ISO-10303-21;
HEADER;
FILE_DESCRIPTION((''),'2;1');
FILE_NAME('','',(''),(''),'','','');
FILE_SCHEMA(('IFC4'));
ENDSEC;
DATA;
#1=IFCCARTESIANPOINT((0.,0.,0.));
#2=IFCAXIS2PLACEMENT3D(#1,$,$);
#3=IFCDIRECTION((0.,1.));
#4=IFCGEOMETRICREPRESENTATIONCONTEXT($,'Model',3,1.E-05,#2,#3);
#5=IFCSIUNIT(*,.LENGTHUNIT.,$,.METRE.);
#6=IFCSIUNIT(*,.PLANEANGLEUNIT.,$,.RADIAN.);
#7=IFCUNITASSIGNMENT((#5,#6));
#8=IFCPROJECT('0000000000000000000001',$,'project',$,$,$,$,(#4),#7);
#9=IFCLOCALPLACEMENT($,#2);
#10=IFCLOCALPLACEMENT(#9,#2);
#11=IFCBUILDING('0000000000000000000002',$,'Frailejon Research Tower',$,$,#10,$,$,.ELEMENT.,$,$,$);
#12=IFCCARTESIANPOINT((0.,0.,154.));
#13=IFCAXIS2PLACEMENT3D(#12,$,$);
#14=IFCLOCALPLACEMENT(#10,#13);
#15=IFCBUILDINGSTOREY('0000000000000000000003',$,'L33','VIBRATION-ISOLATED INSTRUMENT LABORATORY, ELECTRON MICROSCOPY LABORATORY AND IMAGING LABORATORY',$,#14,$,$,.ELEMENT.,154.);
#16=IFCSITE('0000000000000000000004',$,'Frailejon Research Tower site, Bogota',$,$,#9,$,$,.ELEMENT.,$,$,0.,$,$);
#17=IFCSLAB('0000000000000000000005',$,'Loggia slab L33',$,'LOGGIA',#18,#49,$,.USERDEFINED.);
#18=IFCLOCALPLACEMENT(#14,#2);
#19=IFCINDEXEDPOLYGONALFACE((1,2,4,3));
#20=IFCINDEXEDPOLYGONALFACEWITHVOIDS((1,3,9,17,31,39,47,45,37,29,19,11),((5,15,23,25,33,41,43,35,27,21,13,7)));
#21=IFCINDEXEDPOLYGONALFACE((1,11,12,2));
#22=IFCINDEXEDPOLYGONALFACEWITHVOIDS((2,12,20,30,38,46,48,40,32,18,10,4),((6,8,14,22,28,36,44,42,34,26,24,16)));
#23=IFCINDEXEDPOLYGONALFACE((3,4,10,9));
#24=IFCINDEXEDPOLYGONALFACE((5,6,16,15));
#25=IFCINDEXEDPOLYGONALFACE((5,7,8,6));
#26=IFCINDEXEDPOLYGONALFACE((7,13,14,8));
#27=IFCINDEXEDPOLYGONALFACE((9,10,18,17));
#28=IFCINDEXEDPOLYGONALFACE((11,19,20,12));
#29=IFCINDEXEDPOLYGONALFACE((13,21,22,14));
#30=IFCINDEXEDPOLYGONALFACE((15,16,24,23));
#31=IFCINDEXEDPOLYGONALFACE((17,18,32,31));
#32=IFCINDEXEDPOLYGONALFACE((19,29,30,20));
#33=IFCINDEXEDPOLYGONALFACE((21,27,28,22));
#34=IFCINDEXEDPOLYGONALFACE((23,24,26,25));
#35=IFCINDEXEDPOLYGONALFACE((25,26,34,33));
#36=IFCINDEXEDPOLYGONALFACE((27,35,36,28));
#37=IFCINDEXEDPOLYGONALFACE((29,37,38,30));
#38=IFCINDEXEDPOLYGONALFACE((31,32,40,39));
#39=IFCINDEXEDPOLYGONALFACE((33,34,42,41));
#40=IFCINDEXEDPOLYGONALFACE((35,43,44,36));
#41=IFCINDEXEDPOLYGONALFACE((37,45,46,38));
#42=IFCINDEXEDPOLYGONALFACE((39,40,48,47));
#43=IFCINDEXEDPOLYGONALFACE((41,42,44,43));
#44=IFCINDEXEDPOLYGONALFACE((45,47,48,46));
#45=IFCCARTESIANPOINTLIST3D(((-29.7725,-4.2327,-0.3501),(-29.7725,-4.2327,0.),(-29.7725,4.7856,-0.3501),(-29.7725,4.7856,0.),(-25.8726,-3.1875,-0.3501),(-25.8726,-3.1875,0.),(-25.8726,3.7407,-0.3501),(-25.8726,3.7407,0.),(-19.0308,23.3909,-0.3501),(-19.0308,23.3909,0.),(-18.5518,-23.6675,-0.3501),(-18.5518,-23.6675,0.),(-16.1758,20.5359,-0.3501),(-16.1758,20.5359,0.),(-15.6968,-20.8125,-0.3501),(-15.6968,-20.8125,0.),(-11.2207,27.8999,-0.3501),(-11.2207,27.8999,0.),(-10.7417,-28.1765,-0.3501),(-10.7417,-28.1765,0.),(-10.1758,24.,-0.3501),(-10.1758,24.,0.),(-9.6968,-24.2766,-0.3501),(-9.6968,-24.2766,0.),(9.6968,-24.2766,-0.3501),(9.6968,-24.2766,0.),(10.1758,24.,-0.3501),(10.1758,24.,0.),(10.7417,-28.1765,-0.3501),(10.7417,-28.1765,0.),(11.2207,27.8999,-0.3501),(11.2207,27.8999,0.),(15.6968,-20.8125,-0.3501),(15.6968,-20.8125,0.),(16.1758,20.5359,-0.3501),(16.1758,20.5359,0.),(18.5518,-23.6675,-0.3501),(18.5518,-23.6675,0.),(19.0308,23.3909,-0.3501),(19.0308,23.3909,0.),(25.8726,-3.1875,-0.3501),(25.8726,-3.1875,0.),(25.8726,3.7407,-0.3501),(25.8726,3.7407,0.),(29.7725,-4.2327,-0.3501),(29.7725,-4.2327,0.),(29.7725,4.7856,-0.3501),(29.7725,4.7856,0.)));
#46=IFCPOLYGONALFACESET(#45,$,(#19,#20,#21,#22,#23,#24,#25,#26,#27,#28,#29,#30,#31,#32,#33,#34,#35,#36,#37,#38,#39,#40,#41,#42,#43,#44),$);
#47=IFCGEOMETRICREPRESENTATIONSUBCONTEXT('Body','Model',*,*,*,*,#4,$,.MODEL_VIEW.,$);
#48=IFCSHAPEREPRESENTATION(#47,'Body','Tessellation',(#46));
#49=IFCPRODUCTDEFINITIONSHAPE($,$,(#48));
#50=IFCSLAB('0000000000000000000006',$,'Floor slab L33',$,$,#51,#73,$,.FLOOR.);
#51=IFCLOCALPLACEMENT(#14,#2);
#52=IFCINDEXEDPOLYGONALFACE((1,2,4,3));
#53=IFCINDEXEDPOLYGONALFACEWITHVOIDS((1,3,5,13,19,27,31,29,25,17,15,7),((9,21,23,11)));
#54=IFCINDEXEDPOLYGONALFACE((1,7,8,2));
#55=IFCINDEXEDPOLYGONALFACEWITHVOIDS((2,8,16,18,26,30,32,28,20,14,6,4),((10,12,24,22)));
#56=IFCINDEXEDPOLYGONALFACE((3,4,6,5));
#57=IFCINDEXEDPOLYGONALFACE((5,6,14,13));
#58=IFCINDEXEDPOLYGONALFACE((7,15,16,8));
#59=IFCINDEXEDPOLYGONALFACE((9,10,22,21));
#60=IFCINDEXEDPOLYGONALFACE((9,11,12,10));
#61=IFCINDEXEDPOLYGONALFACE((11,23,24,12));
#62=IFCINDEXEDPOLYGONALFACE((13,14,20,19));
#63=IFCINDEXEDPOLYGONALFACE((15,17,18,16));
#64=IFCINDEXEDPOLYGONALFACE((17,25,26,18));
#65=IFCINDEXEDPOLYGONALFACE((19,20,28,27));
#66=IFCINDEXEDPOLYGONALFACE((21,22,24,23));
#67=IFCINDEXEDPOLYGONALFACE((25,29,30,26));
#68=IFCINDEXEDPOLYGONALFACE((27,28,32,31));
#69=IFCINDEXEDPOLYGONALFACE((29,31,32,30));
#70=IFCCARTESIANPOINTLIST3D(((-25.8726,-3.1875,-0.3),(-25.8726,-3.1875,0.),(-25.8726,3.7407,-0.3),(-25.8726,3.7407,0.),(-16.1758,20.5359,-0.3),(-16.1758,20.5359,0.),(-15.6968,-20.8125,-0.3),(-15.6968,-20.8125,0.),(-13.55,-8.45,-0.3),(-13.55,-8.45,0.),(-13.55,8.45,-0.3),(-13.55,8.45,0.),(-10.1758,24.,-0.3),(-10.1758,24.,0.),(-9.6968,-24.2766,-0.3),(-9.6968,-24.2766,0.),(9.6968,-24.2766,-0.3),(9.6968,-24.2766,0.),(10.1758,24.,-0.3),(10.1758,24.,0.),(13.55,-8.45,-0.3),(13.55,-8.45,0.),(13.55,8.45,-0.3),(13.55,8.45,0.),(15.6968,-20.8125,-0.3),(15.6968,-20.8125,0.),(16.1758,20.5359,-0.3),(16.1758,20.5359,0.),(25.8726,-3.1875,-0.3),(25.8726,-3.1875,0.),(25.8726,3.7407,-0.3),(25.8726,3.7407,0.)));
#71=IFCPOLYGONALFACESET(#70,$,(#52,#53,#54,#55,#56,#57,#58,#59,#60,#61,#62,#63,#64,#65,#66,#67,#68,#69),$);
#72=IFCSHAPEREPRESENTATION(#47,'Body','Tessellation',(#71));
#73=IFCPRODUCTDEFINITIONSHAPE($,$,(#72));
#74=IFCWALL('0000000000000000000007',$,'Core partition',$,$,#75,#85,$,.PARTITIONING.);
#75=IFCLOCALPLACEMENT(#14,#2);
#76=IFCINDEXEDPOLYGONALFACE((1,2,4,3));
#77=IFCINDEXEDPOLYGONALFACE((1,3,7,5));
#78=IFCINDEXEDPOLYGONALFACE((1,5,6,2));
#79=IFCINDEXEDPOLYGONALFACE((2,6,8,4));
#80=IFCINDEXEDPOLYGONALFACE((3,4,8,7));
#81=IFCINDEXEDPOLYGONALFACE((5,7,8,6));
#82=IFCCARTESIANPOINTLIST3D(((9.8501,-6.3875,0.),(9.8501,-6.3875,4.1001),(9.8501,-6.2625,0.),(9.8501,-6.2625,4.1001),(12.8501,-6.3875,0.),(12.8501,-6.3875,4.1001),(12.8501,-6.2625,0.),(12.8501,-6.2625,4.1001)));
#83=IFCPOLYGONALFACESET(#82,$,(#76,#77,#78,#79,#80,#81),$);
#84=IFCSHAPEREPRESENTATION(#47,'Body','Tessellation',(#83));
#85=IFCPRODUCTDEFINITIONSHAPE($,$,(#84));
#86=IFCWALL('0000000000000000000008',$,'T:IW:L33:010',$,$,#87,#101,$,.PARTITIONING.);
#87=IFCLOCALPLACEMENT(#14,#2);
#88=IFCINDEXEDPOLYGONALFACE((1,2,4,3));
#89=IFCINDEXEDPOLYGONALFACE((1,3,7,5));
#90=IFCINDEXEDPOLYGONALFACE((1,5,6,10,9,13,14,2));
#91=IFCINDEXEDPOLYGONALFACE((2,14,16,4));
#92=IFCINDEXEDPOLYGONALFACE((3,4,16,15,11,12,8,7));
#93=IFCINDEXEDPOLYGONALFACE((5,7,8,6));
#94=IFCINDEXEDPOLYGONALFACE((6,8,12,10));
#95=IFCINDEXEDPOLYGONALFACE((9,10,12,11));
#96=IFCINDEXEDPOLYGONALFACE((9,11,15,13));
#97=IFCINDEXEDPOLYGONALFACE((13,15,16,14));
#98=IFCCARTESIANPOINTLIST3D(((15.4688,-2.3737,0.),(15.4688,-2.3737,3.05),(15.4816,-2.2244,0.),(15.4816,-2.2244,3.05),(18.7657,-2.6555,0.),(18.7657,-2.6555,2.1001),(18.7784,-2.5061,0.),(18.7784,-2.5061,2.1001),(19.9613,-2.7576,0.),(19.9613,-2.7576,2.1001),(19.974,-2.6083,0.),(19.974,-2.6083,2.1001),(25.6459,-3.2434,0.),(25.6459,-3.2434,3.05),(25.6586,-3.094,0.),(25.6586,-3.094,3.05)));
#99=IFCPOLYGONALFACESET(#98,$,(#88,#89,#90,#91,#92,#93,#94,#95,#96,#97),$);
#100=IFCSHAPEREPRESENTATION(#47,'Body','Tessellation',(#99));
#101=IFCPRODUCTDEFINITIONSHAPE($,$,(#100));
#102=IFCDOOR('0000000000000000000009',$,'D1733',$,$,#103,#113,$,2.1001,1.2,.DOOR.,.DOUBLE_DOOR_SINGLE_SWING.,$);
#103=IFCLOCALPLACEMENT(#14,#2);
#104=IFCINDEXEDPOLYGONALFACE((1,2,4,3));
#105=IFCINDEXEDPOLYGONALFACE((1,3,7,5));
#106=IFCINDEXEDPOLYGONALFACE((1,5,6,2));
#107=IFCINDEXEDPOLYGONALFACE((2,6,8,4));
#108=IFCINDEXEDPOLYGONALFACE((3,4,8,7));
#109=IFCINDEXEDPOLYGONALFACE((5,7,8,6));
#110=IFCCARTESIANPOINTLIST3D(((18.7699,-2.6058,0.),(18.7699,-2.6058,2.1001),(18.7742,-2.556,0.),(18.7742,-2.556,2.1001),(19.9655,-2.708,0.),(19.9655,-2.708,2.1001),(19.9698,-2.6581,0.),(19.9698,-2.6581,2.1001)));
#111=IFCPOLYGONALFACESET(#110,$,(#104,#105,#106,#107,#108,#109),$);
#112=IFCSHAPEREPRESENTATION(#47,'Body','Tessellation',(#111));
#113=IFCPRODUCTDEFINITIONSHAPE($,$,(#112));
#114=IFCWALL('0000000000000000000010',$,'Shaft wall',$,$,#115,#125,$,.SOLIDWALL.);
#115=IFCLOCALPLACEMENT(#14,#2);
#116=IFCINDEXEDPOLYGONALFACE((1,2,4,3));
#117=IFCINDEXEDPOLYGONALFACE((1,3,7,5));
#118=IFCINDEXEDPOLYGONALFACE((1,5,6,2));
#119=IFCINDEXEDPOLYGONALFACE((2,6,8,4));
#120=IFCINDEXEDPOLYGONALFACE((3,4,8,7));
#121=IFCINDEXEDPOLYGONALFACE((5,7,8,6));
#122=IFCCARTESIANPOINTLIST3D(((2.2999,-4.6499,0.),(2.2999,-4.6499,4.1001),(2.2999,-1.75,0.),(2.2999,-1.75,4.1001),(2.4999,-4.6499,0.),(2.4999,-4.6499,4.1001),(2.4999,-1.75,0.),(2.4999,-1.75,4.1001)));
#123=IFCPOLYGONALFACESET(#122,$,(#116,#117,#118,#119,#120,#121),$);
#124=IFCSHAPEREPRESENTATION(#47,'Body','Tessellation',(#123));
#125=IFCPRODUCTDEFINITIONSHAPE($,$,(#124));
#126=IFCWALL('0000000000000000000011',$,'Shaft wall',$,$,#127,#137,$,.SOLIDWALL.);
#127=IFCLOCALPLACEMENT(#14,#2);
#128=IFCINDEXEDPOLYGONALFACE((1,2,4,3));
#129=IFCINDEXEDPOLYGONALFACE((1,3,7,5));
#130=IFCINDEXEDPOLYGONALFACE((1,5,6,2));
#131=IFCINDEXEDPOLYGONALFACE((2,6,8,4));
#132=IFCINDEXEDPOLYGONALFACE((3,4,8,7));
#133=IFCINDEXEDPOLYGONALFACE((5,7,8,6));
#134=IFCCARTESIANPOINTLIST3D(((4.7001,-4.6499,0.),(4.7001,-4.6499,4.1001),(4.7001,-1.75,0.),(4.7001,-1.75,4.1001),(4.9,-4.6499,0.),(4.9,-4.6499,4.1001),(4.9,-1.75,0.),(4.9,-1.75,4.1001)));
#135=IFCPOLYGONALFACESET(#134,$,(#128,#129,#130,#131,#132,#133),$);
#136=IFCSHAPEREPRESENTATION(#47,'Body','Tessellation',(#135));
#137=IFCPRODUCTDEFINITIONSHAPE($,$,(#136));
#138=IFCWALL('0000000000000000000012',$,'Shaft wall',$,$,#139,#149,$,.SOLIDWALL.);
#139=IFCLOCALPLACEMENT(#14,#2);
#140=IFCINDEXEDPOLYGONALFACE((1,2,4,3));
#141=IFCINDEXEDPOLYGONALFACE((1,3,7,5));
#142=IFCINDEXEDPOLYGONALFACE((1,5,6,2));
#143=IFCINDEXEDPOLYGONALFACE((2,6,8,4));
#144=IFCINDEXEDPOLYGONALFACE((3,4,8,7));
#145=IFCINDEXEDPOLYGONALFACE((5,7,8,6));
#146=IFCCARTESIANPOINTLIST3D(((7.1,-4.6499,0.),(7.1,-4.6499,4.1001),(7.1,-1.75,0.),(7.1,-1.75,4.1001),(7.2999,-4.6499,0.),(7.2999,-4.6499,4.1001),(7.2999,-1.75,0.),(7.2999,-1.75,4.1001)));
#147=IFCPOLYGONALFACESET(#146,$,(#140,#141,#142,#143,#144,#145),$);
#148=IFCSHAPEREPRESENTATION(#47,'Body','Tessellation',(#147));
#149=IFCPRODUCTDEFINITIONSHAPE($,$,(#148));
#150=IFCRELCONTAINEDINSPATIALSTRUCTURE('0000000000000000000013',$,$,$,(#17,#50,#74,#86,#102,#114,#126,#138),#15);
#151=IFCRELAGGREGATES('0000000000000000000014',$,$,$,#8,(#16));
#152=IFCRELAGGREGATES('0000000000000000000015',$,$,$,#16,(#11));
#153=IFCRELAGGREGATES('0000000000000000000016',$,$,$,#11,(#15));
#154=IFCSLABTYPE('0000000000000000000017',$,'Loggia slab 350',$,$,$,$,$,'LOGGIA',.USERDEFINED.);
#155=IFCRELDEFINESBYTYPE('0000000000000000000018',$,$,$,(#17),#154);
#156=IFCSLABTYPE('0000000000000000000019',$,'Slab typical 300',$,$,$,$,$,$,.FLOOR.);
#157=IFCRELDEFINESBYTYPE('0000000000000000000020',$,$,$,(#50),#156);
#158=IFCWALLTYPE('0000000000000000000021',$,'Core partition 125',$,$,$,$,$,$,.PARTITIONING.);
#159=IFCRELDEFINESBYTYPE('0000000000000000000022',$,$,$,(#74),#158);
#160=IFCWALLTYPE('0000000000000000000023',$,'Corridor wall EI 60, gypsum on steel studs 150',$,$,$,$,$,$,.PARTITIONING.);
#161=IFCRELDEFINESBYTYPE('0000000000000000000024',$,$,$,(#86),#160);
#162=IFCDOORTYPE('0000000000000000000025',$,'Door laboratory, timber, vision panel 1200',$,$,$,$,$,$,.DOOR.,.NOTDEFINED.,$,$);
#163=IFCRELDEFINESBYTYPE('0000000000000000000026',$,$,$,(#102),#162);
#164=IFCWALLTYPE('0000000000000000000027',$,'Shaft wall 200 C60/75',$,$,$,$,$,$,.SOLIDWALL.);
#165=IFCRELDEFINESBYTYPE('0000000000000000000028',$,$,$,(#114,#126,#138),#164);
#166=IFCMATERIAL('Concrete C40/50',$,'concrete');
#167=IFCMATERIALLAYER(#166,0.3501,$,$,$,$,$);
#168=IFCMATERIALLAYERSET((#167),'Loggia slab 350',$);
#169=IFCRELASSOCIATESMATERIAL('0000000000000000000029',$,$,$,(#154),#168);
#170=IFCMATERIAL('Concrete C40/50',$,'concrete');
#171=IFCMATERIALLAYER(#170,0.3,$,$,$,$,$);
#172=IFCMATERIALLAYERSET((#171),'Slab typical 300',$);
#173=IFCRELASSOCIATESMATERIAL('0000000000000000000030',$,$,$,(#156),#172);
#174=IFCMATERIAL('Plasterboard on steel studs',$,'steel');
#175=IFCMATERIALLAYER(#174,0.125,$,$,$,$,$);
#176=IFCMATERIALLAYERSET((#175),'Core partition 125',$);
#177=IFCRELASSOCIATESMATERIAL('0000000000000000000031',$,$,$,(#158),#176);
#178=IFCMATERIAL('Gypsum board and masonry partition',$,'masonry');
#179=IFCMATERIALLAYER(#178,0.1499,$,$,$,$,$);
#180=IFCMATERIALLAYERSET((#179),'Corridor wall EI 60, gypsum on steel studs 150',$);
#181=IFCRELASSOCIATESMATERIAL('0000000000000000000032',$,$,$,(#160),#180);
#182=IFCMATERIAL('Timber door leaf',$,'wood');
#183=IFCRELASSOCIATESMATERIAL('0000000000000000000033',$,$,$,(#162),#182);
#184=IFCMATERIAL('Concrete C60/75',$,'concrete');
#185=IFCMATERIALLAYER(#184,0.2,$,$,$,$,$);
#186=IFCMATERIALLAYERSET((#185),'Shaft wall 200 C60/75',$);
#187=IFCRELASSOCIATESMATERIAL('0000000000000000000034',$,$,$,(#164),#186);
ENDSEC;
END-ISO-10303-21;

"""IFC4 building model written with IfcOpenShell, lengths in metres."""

from ifc_helpers import new_model, si_unit, direction, frame, frame_2d, origin, place, context, subcontext, project, spatial, polyline, rectangle, outline, extrude, material, layer, layer_set, type_object, element, fill, save


model = new_model("IFC4")

# Units and contexts
model_context = context("Model", 3, precision=1e-05, world=origin(), true_north=direction((0.0, 1.0)))
body_context = subcontext(model_context, "Body", "Model", "MODEL_VIEW")
ifc_project = project(units=[si_unit("LENGTHUNIT", "METRE"), si_unit("PLANEANGLEUNIT", "RADIAN")], contexts=[model_context])

# Site, building, storey
site_placement = place(None, origin())
site = spatial("IfcSite", under=ifc_project, at=site_placement, Name="Frailejon Research Tower site, Bogota", CompositionType="ELEMENT", RefElevation=0.0)
building_placement = place(site_placement, origin())
building = spatial("IfcBuilding", under=site, at=building_placement, Name="Frailejon Research Tower", CompositionType="ELEMENT")
storey_placement = place(building_placement, frame((0.0, 0.0, 154.0)))
storey = spatial("IfcBuildingStorey", under=building, at=storey_placement, Name="L33", Description="VIBRATION-ISOLATED INSTRUMENT LABORATORY, ELECTRON MICROSCOPY LABORATORY AND IMAGING LABORATORY", CompositionType="ELEMENT", Elevation=154.0)

# Slabs
ifc_material_1 = material(Name="Concrete C40/50", Category="concrete")
ifc_layer_1 = layer(ifc_material_1, 0.3501)
ifc_layer_set_1 = layer_set([ifc_layer_1], Name="Loggia slab 350")
slab_type_1 = type_object("IfcSlabType", Name="Loggia slab 350", ElementType="LOGGIA", PredefinedType="USERDEFINED", material=ifc_layer_set_1)
slab_1_placement = place(storey_placement, frame((0.0, 0.0, -0.3501)))
element("IfcSlab", 1, at=slab_1_placement, inside=storey, type_object=slab_type_1, Name="Loggia slab L33", ObjectType="LOGGIA", PredefinedType="USERDEFINED", context=body_context, shape_type="SweptSolid", body=[
    extrude(outline(polyline([(18.5518, -23.6675), (10.7417, -28.1765), (-10.7417, -28.1765), (-18.5518, -23.6675), (-29.7725, -4.2327), (-29.7725, 4.7856), (-19.0308, 23.3909), (-11.2207, 27.8999), (11.2207, 27.8999), (19.0308, 23.3909), (29.7725, 4.7856), (29.7725, -4.2327), (18.5518, -23.6675)]), holes=[polyline([(25.8726, 3.7407), (16.1758, 20.5359), (10.1758, 24.0), (-10.1758, 24.0), (-16.1758, 20.5359), (-25.8726, 3.7407), (-25.8726, -3.1875), (-15.6968, -20.8125), (-9.6968, -24.2766), (9.6968, -24.2766), (15.6968, -20.8125), (25.8726, -3.1875), (25.8726, 3.7407)])]), origin(), (0.0, 0.0, 1.0), 0.3501),
])
ifc_material_2 = material(Name="Concrete C40/50", Category="concrete")
ifc_layer_2 = layer(ifc_material_2, 0.3)
ifc_layer_set_2 = layer_set([ifc_layer_2], Name="Slab typical 300")
slab_type_2 = type_object("IfcSlabType", Name="Slab typical 300", PredefinedType="FLOOR", material=ifc_layer_set_2)
slab_2_placement = place(storey_placement, frame((0.0, 0.0, -0.3)))
element("IfcSlab", 2, at=slab_2_placement, inside=storey, type_object=slab_type_2, Name="Floor slab L33", PredefinedType="FLOOR", context=body_context, shape_type="SweptSolid", body=[
    extrude(outline(polyline([(25.8726, -3.1875), (25.8726, 3.7407), (16.1758, 20.5359), (10.1758, 24.0), (-10.1758, 24.0), (-16.1758, 20.5359), (-25.8726, 3.7407), (-25.8726, -3.1875), (-15.6968, -20.8125), (-9.6968, -24.2766), (9.6968, -24.2766), (15.6968, -20.8125), (25.8726, -3.1875)]), holes=[polyline([(13.55, -8.45), (-13.55, -8.45), (-13.55, 8.45), (13.55, 8.45), (13.55, -8.45)])]), origin(), (0.0, 0.0, 1.0), 0.3),
])

# Wall
ifc_material_3 = material(Name="Plasterboard on steel studs", Category="steel")
ifc_layer_3 = layer(ifc_material_3, 0.125)
ifc_layer_set_3 = layer_set([ifc_layer_3], Name="Core partition 125")
wall_type_1 = type_object("IfcWallType", Name="Core partition 125", PredefinedType="PARTITIONING", material=ifc_layer_set_3)
wall_1_placement = place(storey_placement, frame((9.8501, -6.325, 0.0), z_axis=(0.0, 0.0, 1.0), x_axis=(1.0, 0.0, 0.0)))
element("IfcWall", 3, at=wall_1_placement, inside=storey, type_object=wall_type_1, Name="Core partition", PredefinedType="PARTITIONING", context=body_context, shape_type="SweptSolid", body=[
    extrude(rectangle(XDim=3.0, YDim=0.125, at=frame_2d((1.5, 0.0))), origin(), (0.0, 0.0, 1.0), 4.1001),
])

# Wall, opening, door
ifc_material_4 = material(Name="Gypsum board and masonry partition", Category="masonry")
ifc_layer_4 = layer(ifc_material_4, 0.1499)
ifc_layer_set_4 = layer_set([ifc_layer_4], Name="Corridor wall EI 60, gypsum on steel studs 150")
wall_type_2 = type_object("IfcWallType", Name="Corridor wall EI 60, gypsum on steel studs 150", PredefinedType="PARTITIONING", material=ifc_layer_set_4)
wall_2_placement = place(storey_placement, frame((15.4753, -2.2991, 0.0), z_axis=(0.0, 0.0, 1.0), x_axis=(0.996369, -0.08514, 0.0)))
wall_2 = element("IfcWall", 4, at=wall_2_placement, inside=storey, type_object=wall_type_2, Name="T:IW:L33:010", PredefinedType="PARTITIONING", context=body_context, shape_type="SweptSolid", body=[
    extrude(rectangle(XDim=10.2141, YDim=0.1499, at=frame_2d((5.1069, 0.0))), origin(), (0.0, 0.0, 1.0), 3.05),
])
opening_1_placement = place(wall_2_placement, frame((3.3086, 0.0, 0.0)))
opening_1 = element("IfcOpeningElement", 5, at=opening_1_placement, cuts=wall_2, PredefinedType="OPENING", context=body_context, shape_type="SweptSolid", body=[
    extrude(rectangle(XDim=1.2, YDim=2.1001, at=frame_2d((0.6001, 1.05))), frame((0.0, 0.085, 0.0), z_axis=(0.0, -1.0, 0.0), x_axis=(1.0, 0.0, 0.0)), (0.0, 0.0, 1.0), 0.1699),
])
ifc_material_5 = material(Name="Timber door leaf", Category="wood")
door_type_1 = type_object("IfcDoorType", Name="Door laboratory, timber, vision panel 1200", OperationType="NOTDEFINED", PredefinedType="DOOR", material=ifc_material_5)
door_1_placement = place(opening_1_placement, origin())
door_1 = element("IfcDoor", 6, at=door_1_placement, inside=storey, type_object=door_type_1, Name="D1733", OperationType="DOUBLE_DOOR_SINGLE_SWING", OverallHeight=2.1001, OverallWidth=1.2, PredefinedType="DOOR", context=body_context, shape_type="SweptSolid", body=[
    extrude(rectangle(XDim=1.2, YDim=2.1001, at=frame_2d((0.6001, 1.05))), frame((0.0, 0.0249, 0.0), z_axis=(0.0, -1.0, 0.0), x_axis=(1.0, 0.0, 0.0)), (0.0, 0.0, 1.0), 0.05),
])
fill(opening_1, door_1)

# Walls
ifc_material_6 = material(Name="Concrete C60/75", Category="concrete")
ifc_layer_5 = layer(ifc_material_6, 0.2)
ifc_layer_set_5 = layer_set([ifc_layer_5], Name="Shaft wall 200 C60/75")
wall_type_3 = type_object("IfcWallType", Name="Shaft wall 200 C60/75", PredefinedType="SOLIDWALL", material=ifc_layer_set_5)
for number, where, z_axis, x_axis, name in (
    (7, (2.3999, -4.6499, 0.0), (0.0, 0.0, 1.0), (0.0, 1.0, 0.0), "Shaft wall"),
    (8, (4.8, -4.6499, 0.0), (0.0, 0.0, 1.0), (0.0, 1.0, 0.0), "Shaft wall"),
    (9, (7.2, -4.6499, 0.0), (0.0, 0.0, 1.0), (0.0, 1.0, 0.0), "Shaft wall"),
):
    element("IfcWall", number, at=place(storey_placement, frame(where, z_axis=z_axis, x_axis=x_axis)), inside=storey, type_object=wall_type_3, Name=name, PredefinedType="SOLIDWALL", context=body_context, shape_type="SweptSolid", body=[
        extrude(rectangle(XDim=2.8999, YDim=0.2, at=frame_2d((1.45, 0.0))), origin(), (0.0, 0.0, 1.0), 4.1001),
    ])

save(model, "model.ifc")
